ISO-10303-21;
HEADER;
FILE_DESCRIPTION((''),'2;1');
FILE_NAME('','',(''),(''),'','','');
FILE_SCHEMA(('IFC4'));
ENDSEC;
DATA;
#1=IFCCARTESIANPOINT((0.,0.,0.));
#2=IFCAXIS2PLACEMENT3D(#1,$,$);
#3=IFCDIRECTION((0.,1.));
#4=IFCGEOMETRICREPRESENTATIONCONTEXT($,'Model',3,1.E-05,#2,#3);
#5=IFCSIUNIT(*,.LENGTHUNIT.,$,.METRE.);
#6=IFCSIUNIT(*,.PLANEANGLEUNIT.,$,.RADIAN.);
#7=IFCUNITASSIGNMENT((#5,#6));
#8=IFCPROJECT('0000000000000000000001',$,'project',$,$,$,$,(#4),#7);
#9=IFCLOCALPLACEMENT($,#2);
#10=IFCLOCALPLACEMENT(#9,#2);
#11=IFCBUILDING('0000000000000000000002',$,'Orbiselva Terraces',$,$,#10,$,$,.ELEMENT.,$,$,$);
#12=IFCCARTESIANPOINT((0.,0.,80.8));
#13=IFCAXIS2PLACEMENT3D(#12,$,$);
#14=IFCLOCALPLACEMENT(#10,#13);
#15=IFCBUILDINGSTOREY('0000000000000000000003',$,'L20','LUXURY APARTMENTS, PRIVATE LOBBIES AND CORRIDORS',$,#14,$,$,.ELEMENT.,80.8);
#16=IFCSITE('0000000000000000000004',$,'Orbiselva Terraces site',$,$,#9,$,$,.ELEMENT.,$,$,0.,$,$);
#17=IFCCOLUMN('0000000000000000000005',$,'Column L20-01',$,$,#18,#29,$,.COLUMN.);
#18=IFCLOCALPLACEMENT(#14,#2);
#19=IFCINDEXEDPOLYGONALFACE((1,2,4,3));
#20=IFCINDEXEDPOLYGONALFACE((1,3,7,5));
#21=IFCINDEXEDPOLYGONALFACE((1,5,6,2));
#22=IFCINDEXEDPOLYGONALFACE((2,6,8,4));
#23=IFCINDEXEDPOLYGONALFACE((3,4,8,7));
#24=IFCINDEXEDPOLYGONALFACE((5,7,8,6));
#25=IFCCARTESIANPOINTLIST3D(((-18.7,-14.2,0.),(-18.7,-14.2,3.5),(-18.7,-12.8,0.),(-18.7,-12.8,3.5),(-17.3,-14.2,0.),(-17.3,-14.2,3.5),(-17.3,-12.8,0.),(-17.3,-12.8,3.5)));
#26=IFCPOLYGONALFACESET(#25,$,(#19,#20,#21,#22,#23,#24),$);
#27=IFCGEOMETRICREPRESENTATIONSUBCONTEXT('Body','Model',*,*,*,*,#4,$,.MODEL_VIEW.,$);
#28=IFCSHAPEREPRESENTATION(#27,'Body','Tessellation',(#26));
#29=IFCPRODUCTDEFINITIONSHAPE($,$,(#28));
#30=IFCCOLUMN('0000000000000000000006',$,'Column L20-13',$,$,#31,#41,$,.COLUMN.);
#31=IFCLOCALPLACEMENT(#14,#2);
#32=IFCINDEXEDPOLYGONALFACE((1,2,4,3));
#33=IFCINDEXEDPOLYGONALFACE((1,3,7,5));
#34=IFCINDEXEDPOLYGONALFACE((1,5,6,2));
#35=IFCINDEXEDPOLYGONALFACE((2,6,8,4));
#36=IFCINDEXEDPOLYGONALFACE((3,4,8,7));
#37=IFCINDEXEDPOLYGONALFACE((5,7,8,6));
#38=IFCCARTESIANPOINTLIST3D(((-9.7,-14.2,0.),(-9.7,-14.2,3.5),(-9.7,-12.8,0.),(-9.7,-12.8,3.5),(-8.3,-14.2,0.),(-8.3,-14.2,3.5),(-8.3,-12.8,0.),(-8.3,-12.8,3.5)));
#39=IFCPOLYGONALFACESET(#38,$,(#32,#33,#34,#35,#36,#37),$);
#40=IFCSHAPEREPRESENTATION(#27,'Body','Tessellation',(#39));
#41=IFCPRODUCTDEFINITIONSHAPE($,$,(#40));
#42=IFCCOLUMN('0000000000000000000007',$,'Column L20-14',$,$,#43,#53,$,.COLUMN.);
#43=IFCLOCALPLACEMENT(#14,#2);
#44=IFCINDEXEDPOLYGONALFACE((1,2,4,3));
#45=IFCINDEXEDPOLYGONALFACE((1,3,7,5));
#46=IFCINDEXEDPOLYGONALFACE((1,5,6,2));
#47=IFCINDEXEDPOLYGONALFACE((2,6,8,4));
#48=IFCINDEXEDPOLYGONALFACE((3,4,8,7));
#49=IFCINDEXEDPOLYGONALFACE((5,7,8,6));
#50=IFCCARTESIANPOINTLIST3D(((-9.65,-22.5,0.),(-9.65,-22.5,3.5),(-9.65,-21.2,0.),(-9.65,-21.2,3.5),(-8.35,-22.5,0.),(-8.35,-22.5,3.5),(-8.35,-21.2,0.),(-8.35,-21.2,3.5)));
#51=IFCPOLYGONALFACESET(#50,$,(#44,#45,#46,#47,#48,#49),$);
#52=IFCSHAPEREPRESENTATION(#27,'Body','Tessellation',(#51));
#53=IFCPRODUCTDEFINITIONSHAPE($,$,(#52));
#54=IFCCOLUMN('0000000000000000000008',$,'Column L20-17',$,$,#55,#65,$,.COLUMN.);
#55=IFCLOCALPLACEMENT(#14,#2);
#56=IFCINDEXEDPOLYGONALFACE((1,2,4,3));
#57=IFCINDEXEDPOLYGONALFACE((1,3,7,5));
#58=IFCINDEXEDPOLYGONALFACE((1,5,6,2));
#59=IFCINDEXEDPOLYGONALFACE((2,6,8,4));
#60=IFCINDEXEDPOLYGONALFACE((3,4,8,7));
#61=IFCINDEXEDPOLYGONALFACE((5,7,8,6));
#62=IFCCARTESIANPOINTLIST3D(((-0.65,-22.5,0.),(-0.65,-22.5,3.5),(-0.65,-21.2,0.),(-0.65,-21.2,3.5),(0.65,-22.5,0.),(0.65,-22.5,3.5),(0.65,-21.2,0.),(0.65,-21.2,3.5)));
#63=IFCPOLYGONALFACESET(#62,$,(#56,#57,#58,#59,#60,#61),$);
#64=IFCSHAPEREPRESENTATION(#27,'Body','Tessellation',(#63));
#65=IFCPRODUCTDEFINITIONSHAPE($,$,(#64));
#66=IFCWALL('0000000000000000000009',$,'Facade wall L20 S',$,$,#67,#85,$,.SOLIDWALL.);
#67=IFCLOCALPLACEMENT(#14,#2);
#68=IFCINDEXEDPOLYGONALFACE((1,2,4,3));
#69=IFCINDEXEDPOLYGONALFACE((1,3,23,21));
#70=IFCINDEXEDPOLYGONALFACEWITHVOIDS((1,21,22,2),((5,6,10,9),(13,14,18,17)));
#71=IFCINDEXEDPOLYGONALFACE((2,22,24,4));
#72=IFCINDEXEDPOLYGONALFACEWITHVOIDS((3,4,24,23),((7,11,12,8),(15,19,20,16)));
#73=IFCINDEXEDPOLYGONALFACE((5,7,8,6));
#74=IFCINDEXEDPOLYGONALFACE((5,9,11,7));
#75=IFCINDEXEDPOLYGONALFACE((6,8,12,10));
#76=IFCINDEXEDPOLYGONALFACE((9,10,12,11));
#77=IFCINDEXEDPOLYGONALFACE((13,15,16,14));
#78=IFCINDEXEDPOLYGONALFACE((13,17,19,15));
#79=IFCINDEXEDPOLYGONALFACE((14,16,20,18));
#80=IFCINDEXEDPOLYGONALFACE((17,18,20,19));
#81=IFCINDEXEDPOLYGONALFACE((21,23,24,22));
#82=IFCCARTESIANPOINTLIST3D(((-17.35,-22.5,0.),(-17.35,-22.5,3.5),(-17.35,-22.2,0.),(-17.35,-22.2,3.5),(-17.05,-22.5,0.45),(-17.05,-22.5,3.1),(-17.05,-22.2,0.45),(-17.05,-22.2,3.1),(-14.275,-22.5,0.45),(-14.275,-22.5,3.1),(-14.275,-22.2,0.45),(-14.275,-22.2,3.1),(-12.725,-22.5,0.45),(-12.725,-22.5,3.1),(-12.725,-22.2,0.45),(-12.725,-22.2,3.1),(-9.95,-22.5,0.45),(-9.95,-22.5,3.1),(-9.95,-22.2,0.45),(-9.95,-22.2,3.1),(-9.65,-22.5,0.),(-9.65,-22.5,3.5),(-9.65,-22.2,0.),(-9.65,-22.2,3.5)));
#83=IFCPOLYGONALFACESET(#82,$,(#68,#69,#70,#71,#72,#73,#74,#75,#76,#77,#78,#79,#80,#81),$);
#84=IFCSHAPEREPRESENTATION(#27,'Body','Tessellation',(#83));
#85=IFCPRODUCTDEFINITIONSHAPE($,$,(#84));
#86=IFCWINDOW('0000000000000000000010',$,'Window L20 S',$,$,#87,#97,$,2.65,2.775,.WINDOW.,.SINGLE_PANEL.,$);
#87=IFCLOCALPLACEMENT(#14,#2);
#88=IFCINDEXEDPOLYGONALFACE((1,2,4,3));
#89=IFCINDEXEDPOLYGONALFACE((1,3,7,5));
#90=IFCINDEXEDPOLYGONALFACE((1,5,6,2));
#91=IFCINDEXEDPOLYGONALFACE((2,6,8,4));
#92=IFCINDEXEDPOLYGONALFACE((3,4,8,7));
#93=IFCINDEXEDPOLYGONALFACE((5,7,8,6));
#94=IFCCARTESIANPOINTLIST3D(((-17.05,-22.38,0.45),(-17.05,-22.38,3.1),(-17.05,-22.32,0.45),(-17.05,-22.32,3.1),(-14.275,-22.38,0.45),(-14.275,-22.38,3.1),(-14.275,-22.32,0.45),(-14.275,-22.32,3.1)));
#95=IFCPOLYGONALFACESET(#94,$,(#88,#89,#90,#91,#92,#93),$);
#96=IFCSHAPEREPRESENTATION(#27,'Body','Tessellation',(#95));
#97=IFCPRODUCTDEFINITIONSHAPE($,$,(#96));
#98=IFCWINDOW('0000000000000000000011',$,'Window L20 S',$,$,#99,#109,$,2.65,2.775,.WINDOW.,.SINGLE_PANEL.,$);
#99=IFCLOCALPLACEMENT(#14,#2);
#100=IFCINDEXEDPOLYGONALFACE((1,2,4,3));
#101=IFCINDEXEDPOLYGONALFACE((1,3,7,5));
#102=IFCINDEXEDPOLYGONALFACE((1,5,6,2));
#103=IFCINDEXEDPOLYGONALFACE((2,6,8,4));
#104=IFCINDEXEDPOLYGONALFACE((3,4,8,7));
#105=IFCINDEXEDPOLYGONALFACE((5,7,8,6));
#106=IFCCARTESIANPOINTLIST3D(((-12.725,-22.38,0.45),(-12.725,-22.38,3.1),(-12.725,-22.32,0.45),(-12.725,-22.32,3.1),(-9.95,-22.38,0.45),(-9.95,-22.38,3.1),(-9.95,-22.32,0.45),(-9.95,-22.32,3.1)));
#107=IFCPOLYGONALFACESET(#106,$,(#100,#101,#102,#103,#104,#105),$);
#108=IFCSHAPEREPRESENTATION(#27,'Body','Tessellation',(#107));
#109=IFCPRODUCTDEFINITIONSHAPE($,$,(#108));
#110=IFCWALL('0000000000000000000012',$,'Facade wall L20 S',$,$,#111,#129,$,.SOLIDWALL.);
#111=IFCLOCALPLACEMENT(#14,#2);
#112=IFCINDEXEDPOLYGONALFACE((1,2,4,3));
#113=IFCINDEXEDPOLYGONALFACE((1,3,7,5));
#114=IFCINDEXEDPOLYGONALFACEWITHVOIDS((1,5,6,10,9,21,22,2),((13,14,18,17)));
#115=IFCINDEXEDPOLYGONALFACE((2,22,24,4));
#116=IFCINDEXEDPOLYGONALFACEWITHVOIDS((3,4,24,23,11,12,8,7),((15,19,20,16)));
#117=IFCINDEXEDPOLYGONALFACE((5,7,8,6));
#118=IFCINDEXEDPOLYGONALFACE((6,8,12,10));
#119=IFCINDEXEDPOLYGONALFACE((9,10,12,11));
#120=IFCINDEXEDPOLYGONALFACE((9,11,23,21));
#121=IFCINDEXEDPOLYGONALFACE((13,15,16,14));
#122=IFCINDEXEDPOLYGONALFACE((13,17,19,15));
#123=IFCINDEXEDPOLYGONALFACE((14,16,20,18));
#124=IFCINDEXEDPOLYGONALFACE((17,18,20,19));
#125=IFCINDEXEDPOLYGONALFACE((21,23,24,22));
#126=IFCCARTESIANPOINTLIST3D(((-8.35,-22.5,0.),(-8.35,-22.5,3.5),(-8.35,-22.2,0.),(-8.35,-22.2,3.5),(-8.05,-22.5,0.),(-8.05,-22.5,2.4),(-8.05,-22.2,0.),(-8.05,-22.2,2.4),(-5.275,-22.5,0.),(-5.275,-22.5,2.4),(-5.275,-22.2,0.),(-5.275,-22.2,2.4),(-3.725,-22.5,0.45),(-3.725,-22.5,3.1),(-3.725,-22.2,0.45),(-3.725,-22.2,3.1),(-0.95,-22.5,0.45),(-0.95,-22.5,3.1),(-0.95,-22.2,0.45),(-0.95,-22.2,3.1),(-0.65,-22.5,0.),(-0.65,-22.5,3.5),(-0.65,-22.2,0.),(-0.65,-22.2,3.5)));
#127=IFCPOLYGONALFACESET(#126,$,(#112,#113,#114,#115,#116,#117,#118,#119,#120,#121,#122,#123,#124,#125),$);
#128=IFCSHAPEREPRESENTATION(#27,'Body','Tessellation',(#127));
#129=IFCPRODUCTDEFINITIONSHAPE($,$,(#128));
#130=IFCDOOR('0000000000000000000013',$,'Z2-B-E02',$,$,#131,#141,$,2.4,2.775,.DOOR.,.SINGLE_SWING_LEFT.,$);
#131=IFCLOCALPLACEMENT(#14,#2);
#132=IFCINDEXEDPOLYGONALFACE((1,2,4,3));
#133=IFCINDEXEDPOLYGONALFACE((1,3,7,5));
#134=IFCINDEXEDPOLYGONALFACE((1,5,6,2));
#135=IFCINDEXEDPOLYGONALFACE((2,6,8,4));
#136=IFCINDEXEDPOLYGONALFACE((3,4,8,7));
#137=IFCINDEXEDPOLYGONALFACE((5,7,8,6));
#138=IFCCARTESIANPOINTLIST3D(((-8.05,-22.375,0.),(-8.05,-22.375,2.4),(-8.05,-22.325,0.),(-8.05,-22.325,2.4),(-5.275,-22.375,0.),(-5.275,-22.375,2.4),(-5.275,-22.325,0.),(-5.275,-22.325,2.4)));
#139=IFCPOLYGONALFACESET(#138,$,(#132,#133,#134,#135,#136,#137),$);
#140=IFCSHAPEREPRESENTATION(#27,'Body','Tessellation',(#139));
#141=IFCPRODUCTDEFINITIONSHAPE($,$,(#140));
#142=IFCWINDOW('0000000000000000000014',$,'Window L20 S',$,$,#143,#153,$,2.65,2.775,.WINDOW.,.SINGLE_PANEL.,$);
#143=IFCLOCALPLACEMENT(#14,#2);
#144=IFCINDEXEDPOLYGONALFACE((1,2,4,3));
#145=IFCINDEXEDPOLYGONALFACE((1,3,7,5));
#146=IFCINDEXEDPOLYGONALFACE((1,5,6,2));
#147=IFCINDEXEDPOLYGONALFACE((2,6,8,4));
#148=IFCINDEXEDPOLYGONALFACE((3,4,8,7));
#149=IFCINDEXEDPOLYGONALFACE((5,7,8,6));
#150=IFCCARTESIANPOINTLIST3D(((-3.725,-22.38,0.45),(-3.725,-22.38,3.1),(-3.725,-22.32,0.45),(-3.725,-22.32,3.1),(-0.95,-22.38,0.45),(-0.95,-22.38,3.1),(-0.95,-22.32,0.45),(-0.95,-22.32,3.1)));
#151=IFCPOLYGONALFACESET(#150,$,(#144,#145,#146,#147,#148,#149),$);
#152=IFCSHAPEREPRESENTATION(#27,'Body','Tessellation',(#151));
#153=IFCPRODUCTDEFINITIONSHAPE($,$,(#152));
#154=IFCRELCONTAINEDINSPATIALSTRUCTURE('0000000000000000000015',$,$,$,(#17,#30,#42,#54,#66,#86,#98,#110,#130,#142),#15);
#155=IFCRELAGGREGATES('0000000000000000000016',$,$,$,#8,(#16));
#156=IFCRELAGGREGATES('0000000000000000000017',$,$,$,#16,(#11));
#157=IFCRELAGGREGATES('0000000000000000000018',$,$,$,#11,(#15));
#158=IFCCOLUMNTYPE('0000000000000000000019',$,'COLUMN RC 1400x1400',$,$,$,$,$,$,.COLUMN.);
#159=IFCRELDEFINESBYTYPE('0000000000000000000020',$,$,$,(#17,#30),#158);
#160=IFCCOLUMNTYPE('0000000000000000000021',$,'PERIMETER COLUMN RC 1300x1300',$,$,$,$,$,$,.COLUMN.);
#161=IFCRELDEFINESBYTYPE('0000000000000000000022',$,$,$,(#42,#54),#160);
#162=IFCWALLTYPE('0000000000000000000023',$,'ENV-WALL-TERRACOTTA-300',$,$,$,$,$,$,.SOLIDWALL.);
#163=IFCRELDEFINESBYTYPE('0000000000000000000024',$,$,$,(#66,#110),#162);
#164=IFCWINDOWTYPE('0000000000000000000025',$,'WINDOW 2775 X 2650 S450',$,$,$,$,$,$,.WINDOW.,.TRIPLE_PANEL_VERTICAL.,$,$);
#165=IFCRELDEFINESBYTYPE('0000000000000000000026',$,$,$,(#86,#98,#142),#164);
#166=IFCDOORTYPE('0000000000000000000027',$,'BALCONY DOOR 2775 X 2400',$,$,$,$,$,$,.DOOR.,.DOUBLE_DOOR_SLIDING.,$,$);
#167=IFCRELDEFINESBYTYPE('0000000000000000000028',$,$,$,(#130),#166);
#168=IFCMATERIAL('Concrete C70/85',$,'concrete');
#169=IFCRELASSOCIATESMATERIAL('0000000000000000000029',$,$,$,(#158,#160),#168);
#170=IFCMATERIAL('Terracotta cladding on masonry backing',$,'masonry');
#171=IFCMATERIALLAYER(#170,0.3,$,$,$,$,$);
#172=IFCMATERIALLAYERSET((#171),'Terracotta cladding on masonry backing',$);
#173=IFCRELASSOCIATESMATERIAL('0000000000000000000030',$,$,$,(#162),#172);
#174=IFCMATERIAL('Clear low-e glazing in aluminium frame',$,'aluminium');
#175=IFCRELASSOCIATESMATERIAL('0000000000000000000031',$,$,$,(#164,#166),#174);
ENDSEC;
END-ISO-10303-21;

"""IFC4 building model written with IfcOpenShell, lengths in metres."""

from ifc_helpers import new_model, si_unit, direction, frame, frame_2d, origin, origin_2d, place, context, subcontext, project, spatial, rectangle, extrude, material, layer, layer_set, material_profile, profile_set, type_object, element, fill, save


model = new_model("IFC4")

# Units and contexts
model_context = context("Model", 3, precision=1e-05, world=origin(), true_north=direction((0.0, 1.0)))
body_context = subcontext(model_context, "Body", "Model", "MODEL_VIEW")
ifc_project = project(units=[si_unit("LENGTHUNIT", "METRE"), si_unit("PLANEANGLEUNIT", "RADIAN")], contexts=[model_context])

# Site, building, storey
site_placement = place(None, origin())
site = spatial("IfcSite", under=ifc_project, at=site_placement, Name="Orbiselva Terraces site", CompositionType="ELEMENT", RefElevation=0.0)
building_placement = place(site_placement, origin())
building = spatial("IfcBuilding", under=site, at=building_placement, Name="Orbiselva Terraces", CompositionType="ELEMENT")
storey_placement = place(building_placement, frame((0.0, 0.0, 80.8)))
storey = spatial("IfcBuildingStorey", under=building, at=storey_placement, Name="L20", Description="LUXURY APARTMENTS, PRIVATE LOBBIES AND CORRIDORS", CompositionType="ELEMENT", Elevation=80.8)

# Columns
ifc_material_1 = material(Name="Concrete C70/85", Category="concrete")
ifc_material_profile_1 = material_profile(ifc_material_1, rectangle(XDim=1.4, YDim=1.4, at=origin_2d()), Name="RC 1400x1400")
ifc_profile_set_1 = profile_set([ifc_material_profile_1], Name="Concrete C70/85")
column_type_1 = type_object("IfcColumnType", Name="COLUMN RC 1400x1400", PredefinedType="COLUMN", material=ifc_profile_set_1)
for number, where, z_axis, x_axis, name in (
    (1, (-18.0, -13.5, 0.0), (0.0, 0.0, 1.0), (1.0, 0.0, 0.0), "Column L20-01"),
    (2, (-9.0, -13.5, 0.0), (0.0, 0.0, 1.0), (1.0, 0.0, 0.0), "Column L20-13"),
):
    element("IfcColumn", number, at=place(storey_placement, frame(where, z_axis=z_axis, x_axis=x_axis)), inside=storey, type_object=column_type_1, Name=name, PredefinedType="COLUMN", context=body_context, shape_type="SweptSolid", body=[
        extrude(rectangle(XDim=1.4, YDim=1.4, at=origin_2d()), origin(), (0.0, 0.0, 1.0), 3.5),
    ])
ifc_material_profile_2 = material_profile(ifc_material_1, rectangle(XDim=1.3, YDim=1.3, at=origin_2d()), Name="RC 1300x1300")
ifc_profile_set_2 = profile_set([ifc_material_profile_2], Name="Concrete C70/85")
column_type_2 = type_object("IfcColumnType", Name="PERIMETER COLUMN RC 1300x1300", PredefinedType="COLUMN", material=ifc_profile_set_2)
for number, where, z_axis, x_axis, name in (
    (3, (-9.0, -21.85, 0.0), (0.0, 0.0, 1.0), (1.0, 0.0, 0.0), "Column L20-14"),
    (4, (0.0, -21.85, 0.0), (0.0, 0.0, 1.0), (1.0, 0.0, 0.0), "Column L20-17"),
):
    element("IfcColumn", number, at=place(storey_placement, frame(where, z_axis=z_axis, x_axis=x_axis)), inside=storey, type_object=column_type_2, Name=name, PredefinedType="COLUMN", context=body_context, shape_type="SweptSolid", body=[
        extrude(rectangle(XDim=1.3, YDim=1.3, at=origin_2d()), origin(), (0.0, 0.0, 1.0), 3.5),
    ])

# Wall, openings, windows
ifc_material_2 = material(Name="Terracotta cladding on masonry backing", Category="masonry")
ifc_layer_1 = layer(ifc_material_2, 0.3)
ifc_layer_set_1 = layer_set([ifc_layer_1], Name="Terracotta cladding on masonry backing")
wall_type_1 = type_object("IfcWallType", Name="ENV-WALL-TERRACOTTA-300", PredefinedType="SOLIDWALL", material=ifc_layer_set_1)
wall_1_placement = place(storey_placement, frame((-9.65, -22.35, 0.0), z_axis=(0.0, 0.0, 1.0), x_axis=(-1.0, 0.0, 0.0)))
wall_1 = element("IfcWall", 5, at=wall_1_placement, inside=storey, type_object=wall_type_1, Name="Facade wall L20 S", PredefinedType="SOLIDWALL", context=body_context, shape_type="SweptSolid", body=[
    extrude(rectangle(XDim=7.7, YDim=0.3, at=frame_2d((3.85, 0.0))), origin(), (0.0, 0.0, 1.0), 3.5),
])
opening_1_placement = place(wall_1_placement, frame((4.625, 0.0, 0.45)))
opening_1 = element("IfcOpeningElement", 6, at=opening_1_placement, cuts=wall_1, PredefinedType="OPENING", context=body_context, shape_type="SweptSolid", body=[
    extrude(rectangle(XDim=2.775, YDim=2.65, at=frame_2d((1.3875, 1.325))), frame((0.0, 0.16, 0.0), z_axis=(0.0, -1.0, 0.0), x_axis=(1.0, 0.0, 0.0)), (0.0, 0.0, 1.0), 0.32),
])
opening_2_placement = place(wall_1_placement, frame((0.3, 0.0, 0.45)))
opening_2 = element("IfcOpeningElement", 7, at=opening_2_placement, cuts=wall_1, PredefinedType="OPENING", context=body_context, shape_type="SweptSolid", body=[
    extrude(rectangle(XDim=2.775, YDim=2.65, at=frame_2d((1.3875, 1.325))), frame((0.0, 0.16, 0.0), z_axis=(0.0, -1.0, 0.0), x_axis=(1.0, 0.0, 0.0)), (0.0, 0.0, 1.0), 0.32),
])
ifc_material_3 = material(Name="Clear low-e glazing in aluminium frame", Category="aluminium")
window_type = type_object("IfcWindowType", Name="WINDOW 2775 X 2650 S450", PartitioningType="TRIPLE_PANEL_VERTICAL", PredefinedType="WINDOW", material=ifc_material_3)
window_1_placement = place(opening_1_placement, origin())
window_1 = element("IfcWindow", 8, at=window_1_placement, inside=storey, type_object=window_type, Name="Window L20 S", OverallHeight=2.65, OverallWidth=2.775, PartitioningType="SINGLE_PANEL", PredefinedType="WINDOW", context=body_context, shape_type="SweptSolid", body=[
    extrude(rectangle(XDim=2.775, YDim=2.65, at=frame_2d((1.3875, 1.325))), frame((0.0, 0.03, 0.0), z_axis=(0.0, -1.0, 0.0), x_axis=(1.0, 0.0, 0.0)), (0.0, 0.0, 1.0), 0.06),
])
fill(opening_1, window_1)
window_2_placement = place(opening_2_placement, origin())
window_2 = element("IfcWindow", 9, at=window_2_placement, inside=storey, type_object=window_type, Name="Window L20 S", OverallHeight=2.65, OverallWidth=2.775, PartitioningType="SINGLE_PANEL", PredefinedType="WINDOW", context=body_context, shape_type="SweptSolid", body=[
    extrude(rectangle(XDim=2.775, YDim=2.65, at=frame_2d((1.3875, 1.325))), frame((0.0, 0.03, 0.0), z_axis=(0.0, -1.0, 0.0), x_axis=(1.0, 0.0, 0.0)), (0.0, 0.0, 1.0), 0.06),
])
fill(opening_2, window_2)

# Wall, openings, door, window
wall_2_placement = place(storey_placement, frame((-0.65, -22.35, 0.0), z_axis=(0.0, 0.0, 1.0), x_axis=(-1.0, 0.0, 0.0)))
wall_2 = element("IfcWall", 10, at=wall_2_placement, inside=storey, type_object=wall_type_1, Name="Facade wall L20 S", PredefinedType="SOLIDWALL", context=body_context, shape_type="SweptSolid", body=[
    extrude(rectangle(XDim=7.7, YDim=0.3, at=frame_2d((3.85, 0.0))), origin(), (0.0, 0.0, 1.0), 3.5),
])
opening_3_placement = place(wall_2_placement, frame((4.625, 0.0, 0.0)))
opening_3 = element("IfcOpeningElement", 11, at=opening_3_placement, cuts=wall_2, PredefinedType="OPENING", context=body_context, shape_type="SweptSolid", body=[
    extrude(rectangle(XDim=2.775, YDim=2.4, at=frame_2d((1.3875, 1.2))), frame((0.0, 0.16, 0.0), z_axis=(0.0, -1.0, 0.0), x_axis=(1.0, 0.0, 0.0)), (0.0, 0.0, 1.0), 0.32),
])
opening_4_placement = place(wall_2_placement, frame((0.3, 0.0, 0.45)))
opening_4 = element("IfcOpeningElement", 12, at=opening_4_placement, cuts=wall_2, PredefinedType="OPENING", context=body_context, shape_type="SweptSolid", body=[
    extrude(rectangle(XDim=2.775, YDim=2.65, at=frame_2d((1.3875, 1.325))), frame((0.0, 0.16, 0.0), z_axis=(0.0, -1.0, 0.0), x_axis=(1.0, 0.0, 0.0)), (0.0, 0.0, 1.0), 0.32),
])
door_type_1 = type_object("IfcDoorType", Name="BALCONY DOOR 2775 X 2400", OperationType="DOUBLE_DOOR_SLIDING", PredefinedType="DOOR", material=ifc_material_3)
door_1_placement = place(opening_3_placement, origin())
door_1 = element("IfcDoor", 13, at=door_1_placement, inside=storey, type_object=door_type_1, Name="Z2-B-E02", OperationType="SINGLE_SWING_LEFT", OverallHeight=2.4, OverallWidth=2.775, PredefinedType="DOOR", context=body_context, shape_type="SweptSolid", body=[
    extrude(rectangle(XDim=2.775, YDim=2.4, at=frame_2d((1.3875, 1.2))), frame((0.0, 0.025, 0.0), z_axis=(0.0, -1.0, 0.0), x_axis=(1.0, 0.0, 0.0)), (0.0, 0.0, 1.0), 0.05),
])
fill(opening_3, door_1)
window_3_placement = place(opening_4_placement, origin())
window_3 = element("IfcWindow", 14, at=window_3_placement, inside=storey, type_object=window_type, Name="Window L20 S", OverallHeight=2.65, OverallWidth=2.775, PartitioningType="SINGLE_PANEL", PredefinedType="WINDOW", context=body_context, shape_type="SweptSolid", body=[
    extrude(rectangle(XDim=2.775, YDim=2.65, at=frame_2d((1.3875, 1.325))), frame((0.0, 0.03, 0.0), z_axis=(0.0, -1.0, 0.0), x_axis=(1.0, 0.0, 0.0)), (0.0, 0.0, 1.0), 0.06),
])
fill(opening_4, window_3)

save(model, "model.ifc")
